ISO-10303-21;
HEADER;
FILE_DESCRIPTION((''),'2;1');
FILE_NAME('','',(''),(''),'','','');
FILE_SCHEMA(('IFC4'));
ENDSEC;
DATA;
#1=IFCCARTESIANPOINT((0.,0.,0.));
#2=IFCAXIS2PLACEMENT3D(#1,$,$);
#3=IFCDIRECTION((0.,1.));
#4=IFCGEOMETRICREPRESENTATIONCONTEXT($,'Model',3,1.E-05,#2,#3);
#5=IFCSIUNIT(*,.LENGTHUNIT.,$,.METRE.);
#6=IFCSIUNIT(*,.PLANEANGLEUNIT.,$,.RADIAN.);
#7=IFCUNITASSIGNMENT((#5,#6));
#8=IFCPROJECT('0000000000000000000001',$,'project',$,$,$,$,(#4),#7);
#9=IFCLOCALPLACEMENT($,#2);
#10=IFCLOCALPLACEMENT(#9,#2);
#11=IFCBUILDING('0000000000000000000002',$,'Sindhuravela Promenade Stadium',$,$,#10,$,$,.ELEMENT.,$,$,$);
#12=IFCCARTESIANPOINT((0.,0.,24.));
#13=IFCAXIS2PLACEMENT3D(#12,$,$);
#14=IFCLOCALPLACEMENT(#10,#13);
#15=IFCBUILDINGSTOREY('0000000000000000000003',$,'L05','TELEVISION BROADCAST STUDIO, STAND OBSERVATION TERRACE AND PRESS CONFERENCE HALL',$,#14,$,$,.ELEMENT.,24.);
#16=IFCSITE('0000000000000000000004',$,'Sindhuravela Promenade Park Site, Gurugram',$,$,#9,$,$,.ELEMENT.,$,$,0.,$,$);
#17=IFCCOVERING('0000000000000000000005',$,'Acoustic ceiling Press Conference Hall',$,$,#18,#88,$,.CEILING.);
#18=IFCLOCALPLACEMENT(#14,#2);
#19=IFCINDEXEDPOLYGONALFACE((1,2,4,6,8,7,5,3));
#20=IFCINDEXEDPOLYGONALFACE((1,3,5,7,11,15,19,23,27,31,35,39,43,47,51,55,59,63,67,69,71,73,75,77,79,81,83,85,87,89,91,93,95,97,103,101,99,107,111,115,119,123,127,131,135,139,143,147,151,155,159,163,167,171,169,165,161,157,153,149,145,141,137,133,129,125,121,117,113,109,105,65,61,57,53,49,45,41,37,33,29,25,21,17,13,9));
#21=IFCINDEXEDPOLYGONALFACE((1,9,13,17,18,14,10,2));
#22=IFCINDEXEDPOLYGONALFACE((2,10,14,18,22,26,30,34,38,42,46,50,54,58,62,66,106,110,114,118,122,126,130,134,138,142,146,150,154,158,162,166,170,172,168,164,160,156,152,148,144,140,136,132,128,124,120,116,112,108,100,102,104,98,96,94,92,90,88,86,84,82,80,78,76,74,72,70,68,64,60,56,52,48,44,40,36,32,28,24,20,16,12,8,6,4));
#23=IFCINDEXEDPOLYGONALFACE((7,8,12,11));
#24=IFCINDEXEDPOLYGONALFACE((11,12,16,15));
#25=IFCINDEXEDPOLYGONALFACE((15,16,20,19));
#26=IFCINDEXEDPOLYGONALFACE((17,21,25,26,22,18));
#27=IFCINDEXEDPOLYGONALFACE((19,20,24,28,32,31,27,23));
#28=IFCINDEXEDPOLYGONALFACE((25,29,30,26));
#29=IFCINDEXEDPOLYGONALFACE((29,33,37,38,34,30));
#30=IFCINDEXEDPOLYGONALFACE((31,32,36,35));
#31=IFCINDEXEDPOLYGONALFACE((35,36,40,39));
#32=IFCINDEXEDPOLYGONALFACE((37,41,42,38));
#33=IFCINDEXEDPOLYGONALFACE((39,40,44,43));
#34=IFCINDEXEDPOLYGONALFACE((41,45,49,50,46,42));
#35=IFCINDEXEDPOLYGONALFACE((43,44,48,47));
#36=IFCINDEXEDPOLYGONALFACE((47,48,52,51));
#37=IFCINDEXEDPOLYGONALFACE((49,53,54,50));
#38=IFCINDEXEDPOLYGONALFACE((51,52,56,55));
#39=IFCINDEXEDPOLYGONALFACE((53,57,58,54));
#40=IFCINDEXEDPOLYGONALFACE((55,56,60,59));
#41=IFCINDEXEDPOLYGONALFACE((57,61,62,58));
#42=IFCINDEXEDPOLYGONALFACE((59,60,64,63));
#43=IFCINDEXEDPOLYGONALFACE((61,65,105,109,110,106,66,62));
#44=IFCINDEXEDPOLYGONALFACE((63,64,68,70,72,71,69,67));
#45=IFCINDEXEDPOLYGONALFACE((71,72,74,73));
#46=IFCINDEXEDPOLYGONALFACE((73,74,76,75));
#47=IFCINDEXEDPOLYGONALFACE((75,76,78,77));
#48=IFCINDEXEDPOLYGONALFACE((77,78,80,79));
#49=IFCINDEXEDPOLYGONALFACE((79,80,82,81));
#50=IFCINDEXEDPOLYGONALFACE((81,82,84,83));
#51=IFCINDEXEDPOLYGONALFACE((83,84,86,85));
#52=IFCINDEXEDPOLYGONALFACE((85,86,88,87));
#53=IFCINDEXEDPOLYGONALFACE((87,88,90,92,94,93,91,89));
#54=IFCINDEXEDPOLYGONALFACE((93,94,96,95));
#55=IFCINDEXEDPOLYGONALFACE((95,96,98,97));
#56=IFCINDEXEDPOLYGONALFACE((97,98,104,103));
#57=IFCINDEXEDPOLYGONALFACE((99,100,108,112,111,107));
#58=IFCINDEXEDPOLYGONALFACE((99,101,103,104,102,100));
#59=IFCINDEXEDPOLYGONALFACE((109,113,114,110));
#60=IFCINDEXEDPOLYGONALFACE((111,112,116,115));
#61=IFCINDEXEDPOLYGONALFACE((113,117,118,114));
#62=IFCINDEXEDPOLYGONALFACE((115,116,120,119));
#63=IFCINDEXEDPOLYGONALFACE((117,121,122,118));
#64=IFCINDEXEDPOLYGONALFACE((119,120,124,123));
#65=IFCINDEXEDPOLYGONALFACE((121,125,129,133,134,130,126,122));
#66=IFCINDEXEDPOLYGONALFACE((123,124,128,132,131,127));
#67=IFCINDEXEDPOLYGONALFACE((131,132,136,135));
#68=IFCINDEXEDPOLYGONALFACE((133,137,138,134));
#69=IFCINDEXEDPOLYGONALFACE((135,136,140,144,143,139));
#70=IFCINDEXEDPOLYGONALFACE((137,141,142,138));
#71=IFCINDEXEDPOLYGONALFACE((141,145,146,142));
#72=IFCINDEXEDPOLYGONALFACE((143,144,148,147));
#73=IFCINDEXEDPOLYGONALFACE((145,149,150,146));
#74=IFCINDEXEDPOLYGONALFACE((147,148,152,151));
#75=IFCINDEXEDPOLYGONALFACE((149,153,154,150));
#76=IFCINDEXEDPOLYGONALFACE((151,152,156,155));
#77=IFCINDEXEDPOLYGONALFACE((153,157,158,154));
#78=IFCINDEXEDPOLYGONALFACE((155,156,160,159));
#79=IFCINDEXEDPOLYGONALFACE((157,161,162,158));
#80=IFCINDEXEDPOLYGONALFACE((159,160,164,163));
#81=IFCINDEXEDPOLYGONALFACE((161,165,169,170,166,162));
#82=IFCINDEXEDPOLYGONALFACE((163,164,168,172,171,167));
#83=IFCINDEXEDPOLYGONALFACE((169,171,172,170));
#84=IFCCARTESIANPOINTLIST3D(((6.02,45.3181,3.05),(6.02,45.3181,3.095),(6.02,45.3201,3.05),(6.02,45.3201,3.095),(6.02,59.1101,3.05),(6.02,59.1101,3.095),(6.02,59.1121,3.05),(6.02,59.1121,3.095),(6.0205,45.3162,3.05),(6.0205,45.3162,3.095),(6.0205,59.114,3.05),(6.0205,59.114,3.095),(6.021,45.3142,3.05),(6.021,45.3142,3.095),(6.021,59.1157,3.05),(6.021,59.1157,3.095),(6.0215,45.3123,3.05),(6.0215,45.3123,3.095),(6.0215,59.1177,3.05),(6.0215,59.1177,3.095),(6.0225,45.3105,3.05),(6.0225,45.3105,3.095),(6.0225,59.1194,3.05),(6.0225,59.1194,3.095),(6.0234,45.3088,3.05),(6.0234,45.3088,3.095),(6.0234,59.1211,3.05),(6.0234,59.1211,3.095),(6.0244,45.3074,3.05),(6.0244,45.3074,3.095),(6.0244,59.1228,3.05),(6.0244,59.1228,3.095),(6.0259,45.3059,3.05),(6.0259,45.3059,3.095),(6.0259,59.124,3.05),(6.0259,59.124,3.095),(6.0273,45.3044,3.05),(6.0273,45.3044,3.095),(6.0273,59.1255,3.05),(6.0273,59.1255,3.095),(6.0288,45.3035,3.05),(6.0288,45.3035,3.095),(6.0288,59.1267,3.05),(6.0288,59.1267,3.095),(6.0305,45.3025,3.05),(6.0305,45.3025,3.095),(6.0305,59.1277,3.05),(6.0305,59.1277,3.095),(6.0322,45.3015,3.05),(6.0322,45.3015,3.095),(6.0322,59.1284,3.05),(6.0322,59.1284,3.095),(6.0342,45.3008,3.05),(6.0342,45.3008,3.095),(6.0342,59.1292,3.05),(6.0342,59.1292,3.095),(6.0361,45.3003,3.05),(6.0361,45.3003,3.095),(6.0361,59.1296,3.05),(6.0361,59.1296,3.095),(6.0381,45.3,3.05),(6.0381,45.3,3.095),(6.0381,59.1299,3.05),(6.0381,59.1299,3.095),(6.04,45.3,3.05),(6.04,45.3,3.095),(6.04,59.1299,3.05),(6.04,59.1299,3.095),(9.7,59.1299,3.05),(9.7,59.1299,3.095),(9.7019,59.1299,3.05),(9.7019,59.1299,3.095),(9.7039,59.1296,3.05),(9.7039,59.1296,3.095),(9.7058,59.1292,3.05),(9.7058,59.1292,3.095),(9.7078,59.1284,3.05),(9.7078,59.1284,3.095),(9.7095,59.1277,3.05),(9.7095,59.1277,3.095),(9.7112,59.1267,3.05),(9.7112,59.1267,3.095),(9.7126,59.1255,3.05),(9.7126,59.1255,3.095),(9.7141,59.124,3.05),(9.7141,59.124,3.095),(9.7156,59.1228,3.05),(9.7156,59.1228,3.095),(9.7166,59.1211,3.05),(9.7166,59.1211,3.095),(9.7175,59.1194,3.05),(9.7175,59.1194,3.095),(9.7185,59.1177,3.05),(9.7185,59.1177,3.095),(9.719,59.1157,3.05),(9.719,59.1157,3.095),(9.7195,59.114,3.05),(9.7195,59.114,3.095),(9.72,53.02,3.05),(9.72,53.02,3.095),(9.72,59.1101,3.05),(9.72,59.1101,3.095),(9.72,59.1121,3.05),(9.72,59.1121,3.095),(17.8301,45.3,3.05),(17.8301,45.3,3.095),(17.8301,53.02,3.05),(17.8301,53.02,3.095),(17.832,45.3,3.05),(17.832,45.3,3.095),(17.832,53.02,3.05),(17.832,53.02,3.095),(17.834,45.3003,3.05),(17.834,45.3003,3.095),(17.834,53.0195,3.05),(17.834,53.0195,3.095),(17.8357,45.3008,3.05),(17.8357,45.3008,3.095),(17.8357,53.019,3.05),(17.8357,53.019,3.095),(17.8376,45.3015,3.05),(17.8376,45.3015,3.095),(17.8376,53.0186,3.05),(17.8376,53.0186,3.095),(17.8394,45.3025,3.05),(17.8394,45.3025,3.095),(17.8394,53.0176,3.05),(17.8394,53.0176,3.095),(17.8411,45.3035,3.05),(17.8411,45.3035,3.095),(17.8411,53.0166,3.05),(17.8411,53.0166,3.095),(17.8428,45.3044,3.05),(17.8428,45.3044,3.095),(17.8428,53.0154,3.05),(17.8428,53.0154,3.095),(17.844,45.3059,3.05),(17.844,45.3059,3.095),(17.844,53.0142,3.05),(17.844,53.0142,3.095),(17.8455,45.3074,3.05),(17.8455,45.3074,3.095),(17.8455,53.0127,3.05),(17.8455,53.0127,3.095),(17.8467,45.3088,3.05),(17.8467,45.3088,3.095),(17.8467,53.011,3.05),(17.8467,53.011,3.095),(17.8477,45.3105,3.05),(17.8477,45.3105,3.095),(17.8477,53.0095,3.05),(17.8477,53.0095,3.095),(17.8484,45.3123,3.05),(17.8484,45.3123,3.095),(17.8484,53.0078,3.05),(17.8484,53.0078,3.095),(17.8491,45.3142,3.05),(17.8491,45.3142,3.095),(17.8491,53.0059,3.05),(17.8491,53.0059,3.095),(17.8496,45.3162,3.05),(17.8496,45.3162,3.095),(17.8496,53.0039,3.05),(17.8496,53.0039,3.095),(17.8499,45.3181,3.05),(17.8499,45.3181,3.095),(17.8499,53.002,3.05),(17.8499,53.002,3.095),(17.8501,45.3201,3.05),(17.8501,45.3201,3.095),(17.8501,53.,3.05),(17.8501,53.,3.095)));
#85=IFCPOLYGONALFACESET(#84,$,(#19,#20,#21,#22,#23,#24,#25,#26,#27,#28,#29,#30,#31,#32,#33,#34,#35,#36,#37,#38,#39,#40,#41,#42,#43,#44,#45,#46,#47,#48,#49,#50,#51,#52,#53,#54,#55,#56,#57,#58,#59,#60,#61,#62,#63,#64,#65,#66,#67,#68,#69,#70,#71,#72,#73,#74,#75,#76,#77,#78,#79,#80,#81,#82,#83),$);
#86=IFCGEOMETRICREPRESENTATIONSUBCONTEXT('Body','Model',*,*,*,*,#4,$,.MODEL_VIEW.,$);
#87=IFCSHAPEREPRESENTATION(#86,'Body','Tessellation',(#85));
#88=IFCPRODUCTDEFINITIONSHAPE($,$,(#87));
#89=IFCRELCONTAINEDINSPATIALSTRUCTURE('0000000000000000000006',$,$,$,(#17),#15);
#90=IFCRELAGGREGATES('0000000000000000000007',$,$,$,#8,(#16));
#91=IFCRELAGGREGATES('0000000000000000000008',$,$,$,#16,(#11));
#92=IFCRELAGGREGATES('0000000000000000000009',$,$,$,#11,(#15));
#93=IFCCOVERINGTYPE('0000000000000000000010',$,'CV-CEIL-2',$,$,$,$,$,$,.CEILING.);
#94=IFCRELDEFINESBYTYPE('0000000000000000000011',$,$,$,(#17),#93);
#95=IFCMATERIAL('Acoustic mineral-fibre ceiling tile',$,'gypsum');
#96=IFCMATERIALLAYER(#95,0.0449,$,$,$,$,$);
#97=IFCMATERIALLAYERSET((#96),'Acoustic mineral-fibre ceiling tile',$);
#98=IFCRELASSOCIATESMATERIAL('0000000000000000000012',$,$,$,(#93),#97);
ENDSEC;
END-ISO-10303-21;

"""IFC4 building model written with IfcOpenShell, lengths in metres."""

from ifc_helpers import new_model, si_unit, direction, frame, origin, place, context, subcontext, project, spatial, polyline, outline, extrude, material, layer, layer_set, type_object, element, save


model = new_model("IFC4")

# Units and contexts
model_context = context("Model", 3, precision=1e-05, world=origin(), true_north=direction((0.0, 1.0)))
body_context = subcontext(model_context, "Body", "Model", "MODEL_VIEW")
ifc_project = project(units=[si_unit("LENGTHUNIT", "METRE"), si_unit("PLANEANGLEUNIT", "RADIAN")], contexts=[model_context])

# Site, building, storey
site_placement = place(None, origin())
site = spatial("IfcSite", under=ifc_project, at=site_placement, Name="Sindhuravela Promenade Park Site, Gurugram", CompositionType="ELEMENT", RefElevation=0.0)
building_placement = place(site_placement, origin())
building = spatial("IfcBuilding", under=site, at=building_placement, Name="Sindhuravela Promenade Stadium", CompositionType="ELEMENT")
storey_placement = place(building_placement, frame((0.0, 0.0, 24.0)))
storey = spatial("IfcBuildingStorey", under=building, at=storey_placement, Name="L05", Description="TELEVISION BROADCAST STUDIO, STAND OBSERVATION TERRACE AND PRESS CONFERENCE HALL", CompositionType="ELEMENT", Elevation=24.0)

# Covering
ifc_material_1 = material(Name="Acoustic mineral-fibre ceiling tile", Category="gypsum")
ifc_layer_1 = layer(ifc_material_1, 0.0449)
ifc_layer_set_1 = layer_set([ifc_layer_1], Name="Acoustic mineral-fibre ceiling tile")
covering_type_1 = type_object("IfcCoveringType", Name="CV-CEIL-2", PredefinedType="CEILING", material=ifc_layer_set_1)
covering_1_placement = place(storey_placement, frame((0.0, 0.0, 3.05)))
element("IfcCovering", 1, at=covering_1_placement, inside=storey, type_object=covering_type_1, Name="Acoustic ceiling Press Conference Hall", PredefinedType="CEILING", context=body_context, shape_type="SweptSolid", body=[
    extrude(outline(polyline([(6.02, 59.1101), (6.02, 59.1121), (6.0205, 59.114), (6.021, 59.1157), (6.0215, 59.1177), (6.0225, 59.1194), (6.0234, 59.1211), (6.0244, 59.1228), (6.0259, 59.124), (6.0273, 59.1255), (6.0288, 59.1267), (6.0305, 59.1277), (6.0322, 59.1284), (6.0342, 59.1292), (6.0361, 59.1296), (6.0381, 59.1299), (6.04, 59.1299), (9.7, 59.1299), (9.7019, 59.1299), (9.7039, 59.1296), (9.7058, 59.1292), (9.7078, 59.1284), (9.7095, 59.1277), (9.7112, 59.1267), (9.7126, 59.1255), (9.7141, 59.124), (9.7156, 59.1228), (9.7166, 59.1211), (9.7175, 59.1194), (9.7185, 59.1177), (9.719, 59.1157), (9.7195, 59.114), (9.72, 59.1121), (9.72, 59.1101), (9.72, 53.02), (17.8301, 53.02), (17.832, 53.02), (17.834, 53.0195), (17.8357, 53.019), (17.8376, 53.0186), (17.8394, 53.0176), (17.8411, 53.0166), (17.8428, 53.0154), (17.844, 53.0142), (17.8455, 53.0127), (17.8467, 53.011), (17.8477, 53.0095), (17.8484, 53.0078), (17.8491, 53.0059), (17.8496, 53.0039), (17.8499, 53.002), (17.8501, 53.0), (17.8501, 45.3201), (17.8499, 45.3181), (17.8496, 45.3162), (17.8491, 45.3142), (17.8484, 45.3123), (17.8477, 45.3105), (17.8467, 45.3088), (17.8455, 45.3074), (17.844, 45.3059), (17.8428, 45.3044), (17.8411, 45.3035), (17.8394, 45.3025), (17.8376, 45.3015), (17.8357, 45.3008), (17.834, 45.3003), (17.832, 45.3), (17.8301, 45.3), (6.04, 45.3), (6.0381, 45.3), (6.0361, 45.3003), (6.0342, 45.3008), (6.0322, 45.3015), (6.0305, 45.3025), (6.0288, 45.3035), (6.0273, 45.3044), (6.0259, 45.3059), (6.0244, 45.3074), (6.0234, 45.3088), (6.0225, 45.3105), (6.0215, 45.3123), (6.021, 45.3142), (6.0205, 45.3162), (6.02, 45.3181), (6.02, 45.3201), (6.02, 59.1101)])), origin(), (0.0, 0.0, 1.0), 0.0449),
])

save(model, "model.ifc")
